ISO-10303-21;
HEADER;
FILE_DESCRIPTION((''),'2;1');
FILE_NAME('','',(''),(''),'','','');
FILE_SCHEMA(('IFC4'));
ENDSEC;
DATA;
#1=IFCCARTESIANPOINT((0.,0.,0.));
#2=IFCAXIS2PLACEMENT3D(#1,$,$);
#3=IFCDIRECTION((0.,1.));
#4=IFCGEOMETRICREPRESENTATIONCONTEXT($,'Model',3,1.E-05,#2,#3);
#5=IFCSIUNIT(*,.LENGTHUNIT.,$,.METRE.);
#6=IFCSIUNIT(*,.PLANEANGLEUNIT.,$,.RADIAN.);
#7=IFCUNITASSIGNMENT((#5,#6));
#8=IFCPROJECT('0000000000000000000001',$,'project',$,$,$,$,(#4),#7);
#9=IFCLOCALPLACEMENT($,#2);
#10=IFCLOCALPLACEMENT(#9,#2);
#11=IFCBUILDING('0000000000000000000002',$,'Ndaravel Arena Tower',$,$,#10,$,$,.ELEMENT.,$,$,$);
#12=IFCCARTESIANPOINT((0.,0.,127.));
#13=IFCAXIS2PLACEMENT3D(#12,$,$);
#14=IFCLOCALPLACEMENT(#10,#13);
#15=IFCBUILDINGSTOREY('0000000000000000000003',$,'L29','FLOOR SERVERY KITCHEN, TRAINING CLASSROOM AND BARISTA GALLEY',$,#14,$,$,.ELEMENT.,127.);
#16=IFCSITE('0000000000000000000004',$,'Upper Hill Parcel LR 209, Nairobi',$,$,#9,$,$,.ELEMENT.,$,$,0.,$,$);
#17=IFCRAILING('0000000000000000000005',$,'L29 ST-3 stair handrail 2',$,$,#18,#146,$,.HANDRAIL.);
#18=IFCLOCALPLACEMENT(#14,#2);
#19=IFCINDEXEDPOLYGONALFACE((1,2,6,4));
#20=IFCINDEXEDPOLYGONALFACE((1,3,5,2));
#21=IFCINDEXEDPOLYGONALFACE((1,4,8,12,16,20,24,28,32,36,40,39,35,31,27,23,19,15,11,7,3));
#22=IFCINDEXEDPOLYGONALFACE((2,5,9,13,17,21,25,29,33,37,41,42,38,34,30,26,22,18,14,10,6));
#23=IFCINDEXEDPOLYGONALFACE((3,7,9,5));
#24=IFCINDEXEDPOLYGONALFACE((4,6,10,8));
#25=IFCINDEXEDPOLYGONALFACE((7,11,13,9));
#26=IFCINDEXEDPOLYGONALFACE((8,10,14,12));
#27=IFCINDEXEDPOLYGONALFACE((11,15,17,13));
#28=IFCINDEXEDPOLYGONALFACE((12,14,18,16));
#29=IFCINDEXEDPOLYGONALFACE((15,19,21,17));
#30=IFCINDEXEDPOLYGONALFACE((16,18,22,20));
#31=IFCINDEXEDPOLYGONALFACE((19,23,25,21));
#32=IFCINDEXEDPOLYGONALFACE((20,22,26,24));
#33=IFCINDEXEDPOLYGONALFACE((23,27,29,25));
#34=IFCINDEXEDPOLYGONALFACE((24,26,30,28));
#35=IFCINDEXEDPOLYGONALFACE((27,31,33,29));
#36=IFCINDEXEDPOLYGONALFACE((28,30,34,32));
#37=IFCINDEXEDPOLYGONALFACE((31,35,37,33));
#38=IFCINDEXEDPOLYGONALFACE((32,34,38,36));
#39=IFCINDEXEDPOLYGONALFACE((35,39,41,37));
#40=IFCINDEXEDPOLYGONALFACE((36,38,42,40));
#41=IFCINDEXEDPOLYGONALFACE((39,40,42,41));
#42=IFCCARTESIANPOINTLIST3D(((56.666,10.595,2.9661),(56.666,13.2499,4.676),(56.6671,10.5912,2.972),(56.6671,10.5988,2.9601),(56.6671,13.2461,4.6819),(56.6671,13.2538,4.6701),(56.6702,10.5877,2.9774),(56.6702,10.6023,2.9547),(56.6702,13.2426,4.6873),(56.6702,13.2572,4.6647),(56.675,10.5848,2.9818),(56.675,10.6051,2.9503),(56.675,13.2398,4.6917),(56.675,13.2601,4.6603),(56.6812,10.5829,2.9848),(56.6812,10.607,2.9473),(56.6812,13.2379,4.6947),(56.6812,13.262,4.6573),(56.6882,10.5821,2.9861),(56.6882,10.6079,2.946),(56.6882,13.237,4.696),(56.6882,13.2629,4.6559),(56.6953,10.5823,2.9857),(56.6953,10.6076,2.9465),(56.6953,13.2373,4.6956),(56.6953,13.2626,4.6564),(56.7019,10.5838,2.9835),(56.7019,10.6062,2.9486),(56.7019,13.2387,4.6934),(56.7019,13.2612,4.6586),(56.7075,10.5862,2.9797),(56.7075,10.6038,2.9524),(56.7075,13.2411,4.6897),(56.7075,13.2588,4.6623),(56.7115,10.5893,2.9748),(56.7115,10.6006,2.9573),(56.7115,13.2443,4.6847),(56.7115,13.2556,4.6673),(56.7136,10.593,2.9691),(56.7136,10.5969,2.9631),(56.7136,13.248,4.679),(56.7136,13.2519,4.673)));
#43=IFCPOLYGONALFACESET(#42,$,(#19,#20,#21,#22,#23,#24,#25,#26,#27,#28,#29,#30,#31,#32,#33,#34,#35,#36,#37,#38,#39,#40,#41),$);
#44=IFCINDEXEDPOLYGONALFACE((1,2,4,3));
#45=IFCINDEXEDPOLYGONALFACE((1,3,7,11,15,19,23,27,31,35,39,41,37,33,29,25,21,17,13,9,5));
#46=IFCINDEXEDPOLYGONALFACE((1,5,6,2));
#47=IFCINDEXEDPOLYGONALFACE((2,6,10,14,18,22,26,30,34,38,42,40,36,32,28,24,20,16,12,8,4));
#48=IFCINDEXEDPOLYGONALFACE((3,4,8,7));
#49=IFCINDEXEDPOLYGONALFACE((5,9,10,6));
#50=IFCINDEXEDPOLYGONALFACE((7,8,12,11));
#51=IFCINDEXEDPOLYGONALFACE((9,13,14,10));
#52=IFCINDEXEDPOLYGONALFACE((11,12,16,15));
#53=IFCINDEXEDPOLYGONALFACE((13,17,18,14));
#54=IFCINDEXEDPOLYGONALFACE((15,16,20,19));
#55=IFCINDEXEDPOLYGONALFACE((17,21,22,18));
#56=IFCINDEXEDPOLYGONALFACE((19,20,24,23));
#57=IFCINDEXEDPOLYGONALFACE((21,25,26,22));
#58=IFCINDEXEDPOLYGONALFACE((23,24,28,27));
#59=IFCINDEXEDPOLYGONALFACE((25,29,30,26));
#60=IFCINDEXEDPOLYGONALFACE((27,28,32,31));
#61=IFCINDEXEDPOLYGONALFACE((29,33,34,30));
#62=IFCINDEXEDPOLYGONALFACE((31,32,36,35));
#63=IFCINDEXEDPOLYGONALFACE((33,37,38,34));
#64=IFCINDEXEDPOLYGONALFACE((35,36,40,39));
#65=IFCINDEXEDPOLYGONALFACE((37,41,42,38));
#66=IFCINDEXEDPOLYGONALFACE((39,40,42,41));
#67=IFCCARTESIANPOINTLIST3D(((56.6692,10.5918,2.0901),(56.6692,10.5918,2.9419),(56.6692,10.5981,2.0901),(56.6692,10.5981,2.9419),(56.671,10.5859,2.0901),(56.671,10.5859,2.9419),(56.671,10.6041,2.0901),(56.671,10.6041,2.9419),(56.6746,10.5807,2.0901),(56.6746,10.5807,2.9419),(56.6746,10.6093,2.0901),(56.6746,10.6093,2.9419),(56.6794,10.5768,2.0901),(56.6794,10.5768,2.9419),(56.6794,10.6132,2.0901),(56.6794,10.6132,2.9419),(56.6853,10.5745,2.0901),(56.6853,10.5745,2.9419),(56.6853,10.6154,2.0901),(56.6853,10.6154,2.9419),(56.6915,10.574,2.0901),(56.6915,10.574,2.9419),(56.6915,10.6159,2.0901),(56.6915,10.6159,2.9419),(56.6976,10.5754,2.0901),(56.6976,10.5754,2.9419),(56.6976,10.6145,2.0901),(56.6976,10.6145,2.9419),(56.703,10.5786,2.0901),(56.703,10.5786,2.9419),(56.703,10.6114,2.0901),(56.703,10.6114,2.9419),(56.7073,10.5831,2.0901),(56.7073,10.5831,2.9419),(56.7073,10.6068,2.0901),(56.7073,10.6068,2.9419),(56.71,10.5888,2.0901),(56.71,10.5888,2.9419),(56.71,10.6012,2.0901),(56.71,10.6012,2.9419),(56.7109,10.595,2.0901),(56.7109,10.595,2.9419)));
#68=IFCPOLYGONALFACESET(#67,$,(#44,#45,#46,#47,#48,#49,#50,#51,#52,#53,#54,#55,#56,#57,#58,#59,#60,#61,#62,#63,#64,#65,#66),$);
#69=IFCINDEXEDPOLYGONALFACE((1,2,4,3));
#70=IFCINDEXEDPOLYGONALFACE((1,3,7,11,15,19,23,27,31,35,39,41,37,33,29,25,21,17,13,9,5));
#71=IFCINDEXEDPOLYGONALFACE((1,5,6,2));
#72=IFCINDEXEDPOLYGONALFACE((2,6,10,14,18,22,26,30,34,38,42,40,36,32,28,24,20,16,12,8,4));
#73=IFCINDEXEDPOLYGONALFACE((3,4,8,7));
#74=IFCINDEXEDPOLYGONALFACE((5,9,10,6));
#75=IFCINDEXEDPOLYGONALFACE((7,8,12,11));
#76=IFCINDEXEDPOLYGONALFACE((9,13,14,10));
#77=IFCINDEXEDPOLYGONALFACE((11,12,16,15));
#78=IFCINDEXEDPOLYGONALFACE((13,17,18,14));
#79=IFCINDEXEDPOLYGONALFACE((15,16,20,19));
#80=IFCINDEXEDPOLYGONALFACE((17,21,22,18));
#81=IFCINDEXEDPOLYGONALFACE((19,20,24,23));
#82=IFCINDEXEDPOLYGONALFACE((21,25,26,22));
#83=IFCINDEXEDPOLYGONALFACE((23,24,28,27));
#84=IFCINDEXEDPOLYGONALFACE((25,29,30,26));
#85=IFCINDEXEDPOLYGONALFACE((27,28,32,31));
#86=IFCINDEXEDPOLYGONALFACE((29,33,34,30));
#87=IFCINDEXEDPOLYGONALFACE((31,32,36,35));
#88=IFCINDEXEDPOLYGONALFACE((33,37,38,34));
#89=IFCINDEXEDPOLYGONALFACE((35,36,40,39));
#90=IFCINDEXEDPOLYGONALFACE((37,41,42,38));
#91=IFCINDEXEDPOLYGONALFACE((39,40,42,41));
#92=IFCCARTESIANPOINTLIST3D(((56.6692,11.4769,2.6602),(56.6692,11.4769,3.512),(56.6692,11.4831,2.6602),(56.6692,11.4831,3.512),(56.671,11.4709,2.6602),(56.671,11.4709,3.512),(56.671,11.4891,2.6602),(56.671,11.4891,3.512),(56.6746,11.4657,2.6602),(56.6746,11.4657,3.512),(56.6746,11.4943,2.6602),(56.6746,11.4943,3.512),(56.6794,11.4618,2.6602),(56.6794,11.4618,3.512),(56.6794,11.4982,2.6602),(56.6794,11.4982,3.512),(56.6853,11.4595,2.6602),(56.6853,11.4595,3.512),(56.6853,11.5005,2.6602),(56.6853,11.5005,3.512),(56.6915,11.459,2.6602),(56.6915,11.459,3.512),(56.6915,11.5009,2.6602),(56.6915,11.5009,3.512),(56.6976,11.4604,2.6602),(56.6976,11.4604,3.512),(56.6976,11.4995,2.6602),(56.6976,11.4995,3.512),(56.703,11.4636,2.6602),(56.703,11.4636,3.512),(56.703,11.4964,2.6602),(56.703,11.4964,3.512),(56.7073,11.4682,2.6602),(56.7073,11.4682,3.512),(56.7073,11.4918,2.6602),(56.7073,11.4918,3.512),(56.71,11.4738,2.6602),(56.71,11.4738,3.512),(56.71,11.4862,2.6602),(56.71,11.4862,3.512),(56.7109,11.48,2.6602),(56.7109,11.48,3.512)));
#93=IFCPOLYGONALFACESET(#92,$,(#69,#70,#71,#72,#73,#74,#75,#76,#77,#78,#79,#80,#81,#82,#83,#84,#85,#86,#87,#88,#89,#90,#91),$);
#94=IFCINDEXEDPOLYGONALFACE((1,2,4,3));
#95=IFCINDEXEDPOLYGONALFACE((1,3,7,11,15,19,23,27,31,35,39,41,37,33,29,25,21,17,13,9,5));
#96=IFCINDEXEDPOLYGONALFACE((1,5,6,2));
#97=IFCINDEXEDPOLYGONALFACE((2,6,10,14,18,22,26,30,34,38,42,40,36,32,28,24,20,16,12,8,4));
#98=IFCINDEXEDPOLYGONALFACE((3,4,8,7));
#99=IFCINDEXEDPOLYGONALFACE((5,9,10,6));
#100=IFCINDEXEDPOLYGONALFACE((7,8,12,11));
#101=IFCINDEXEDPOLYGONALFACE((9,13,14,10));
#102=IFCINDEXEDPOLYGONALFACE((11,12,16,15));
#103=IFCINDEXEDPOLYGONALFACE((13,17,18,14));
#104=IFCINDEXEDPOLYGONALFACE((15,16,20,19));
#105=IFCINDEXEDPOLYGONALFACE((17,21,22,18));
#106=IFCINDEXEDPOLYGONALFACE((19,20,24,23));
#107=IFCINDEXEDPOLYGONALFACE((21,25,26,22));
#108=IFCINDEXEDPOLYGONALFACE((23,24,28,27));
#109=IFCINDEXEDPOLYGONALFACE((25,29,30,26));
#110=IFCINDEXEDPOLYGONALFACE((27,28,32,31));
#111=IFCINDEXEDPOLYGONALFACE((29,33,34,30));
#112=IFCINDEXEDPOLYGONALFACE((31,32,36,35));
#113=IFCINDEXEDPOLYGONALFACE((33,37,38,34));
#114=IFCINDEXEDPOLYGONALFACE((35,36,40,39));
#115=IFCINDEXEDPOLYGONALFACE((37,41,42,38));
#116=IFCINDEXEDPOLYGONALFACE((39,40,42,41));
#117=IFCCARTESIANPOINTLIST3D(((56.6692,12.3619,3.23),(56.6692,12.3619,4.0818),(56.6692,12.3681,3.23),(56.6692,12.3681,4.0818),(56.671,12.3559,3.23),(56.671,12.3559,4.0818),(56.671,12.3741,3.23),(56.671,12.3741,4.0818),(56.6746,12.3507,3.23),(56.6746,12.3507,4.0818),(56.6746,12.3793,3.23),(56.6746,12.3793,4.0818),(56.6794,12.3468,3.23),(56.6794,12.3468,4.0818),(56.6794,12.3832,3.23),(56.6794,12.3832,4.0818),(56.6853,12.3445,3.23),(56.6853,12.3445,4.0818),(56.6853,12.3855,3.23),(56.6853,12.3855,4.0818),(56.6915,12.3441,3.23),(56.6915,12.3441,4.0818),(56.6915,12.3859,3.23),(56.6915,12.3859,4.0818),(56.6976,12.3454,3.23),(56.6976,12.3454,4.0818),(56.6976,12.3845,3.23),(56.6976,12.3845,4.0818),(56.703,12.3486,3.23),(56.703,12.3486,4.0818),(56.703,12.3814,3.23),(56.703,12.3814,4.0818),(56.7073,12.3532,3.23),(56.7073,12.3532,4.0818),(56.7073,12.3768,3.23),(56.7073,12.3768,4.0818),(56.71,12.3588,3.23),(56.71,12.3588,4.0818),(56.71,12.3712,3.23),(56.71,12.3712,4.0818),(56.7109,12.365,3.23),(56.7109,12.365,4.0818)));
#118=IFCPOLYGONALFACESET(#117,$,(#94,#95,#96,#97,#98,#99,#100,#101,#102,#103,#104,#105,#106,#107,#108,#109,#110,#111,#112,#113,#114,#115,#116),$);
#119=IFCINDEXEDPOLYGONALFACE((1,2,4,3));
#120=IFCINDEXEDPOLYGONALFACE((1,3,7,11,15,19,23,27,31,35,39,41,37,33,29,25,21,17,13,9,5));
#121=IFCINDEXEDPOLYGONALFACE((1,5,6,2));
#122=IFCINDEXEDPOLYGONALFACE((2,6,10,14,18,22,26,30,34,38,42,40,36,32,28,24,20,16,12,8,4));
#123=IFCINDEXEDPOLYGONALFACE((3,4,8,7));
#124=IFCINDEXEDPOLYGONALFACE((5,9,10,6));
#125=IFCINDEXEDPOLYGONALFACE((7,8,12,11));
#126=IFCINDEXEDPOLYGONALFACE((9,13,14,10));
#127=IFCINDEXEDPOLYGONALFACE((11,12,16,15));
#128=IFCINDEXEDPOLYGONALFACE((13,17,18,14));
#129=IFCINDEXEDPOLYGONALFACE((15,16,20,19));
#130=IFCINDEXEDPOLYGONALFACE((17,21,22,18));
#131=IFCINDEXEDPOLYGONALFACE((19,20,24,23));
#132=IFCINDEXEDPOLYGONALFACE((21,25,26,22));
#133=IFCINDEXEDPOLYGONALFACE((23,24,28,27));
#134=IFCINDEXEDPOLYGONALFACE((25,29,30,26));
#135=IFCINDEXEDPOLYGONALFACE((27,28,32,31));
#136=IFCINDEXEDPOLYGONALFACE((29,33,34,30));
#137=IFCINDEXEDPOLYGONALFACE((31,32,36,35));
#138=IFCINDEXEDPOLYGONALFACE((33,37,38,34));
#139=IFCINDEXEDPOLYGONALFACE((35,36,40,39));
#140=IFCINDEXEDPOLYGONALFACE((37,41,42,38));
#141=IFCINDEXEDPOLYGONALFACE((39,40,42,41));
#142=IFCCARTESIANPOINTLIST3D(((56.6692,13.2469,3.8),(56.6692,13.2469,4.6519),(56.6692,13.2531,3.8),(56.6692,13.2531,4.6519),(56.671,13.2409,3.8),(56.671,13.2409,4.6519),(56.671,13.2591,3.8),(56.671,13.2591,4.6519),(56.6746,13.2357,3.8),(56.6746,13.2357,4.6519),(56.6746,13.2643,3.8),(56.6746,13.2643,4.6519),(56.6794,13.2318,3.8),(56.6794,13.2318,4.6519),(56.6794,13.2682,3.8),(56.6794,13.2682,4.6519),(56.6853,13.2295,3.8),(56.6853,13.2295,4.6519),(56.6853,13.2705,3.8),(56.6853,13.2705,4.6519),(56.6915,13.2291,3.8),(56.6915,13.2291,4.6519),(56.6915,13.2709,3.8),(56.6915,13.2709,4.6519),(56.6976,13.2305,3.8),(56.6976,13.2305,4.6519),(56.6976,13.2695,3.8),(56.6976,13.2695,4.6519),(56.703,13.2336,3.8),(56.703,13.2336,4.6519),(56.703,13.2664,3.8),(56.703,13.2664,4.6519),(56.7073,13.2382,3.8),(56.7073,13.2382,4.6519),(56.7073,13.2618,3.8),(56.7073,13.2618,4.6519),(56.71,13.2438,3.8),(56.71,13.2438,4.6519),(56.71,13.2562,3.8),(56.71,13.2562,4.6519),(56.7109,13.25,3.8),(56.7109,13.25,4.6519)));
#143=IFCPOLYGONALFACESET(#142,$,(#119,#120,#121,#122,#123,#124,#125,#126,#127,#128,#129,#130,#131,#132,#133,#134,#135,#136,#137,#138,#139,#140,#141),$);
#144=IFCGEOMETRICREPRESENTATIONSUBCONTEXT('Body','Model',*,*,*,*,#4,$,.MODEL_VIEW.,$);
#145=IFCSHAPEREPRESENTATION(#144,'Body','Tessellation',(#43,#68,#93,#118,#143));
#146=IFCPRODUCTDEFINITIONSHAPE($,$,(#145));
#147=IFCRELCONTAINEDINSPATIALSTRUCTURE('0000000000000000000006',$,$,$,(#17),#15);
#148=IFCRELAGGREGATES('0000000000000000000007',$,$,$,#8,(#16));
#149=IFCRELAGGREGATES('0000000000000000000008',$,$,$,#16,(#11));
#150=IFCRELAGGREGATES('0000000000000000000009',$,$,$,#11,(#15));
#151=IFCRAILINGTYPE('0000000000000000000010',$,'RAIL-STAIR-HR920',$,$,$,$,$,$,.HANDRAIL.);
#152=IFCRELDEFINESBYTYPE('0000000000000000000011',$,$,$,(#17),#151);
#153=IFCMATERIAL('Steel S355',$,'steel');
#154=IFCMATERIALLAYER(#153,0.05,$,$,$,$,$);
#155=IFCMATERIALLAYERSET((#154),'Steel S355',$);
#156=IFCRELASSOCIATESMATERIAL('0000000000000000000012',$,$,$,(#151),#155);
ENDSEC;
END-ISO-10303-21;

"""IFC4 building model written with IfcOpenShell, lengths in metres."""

from ifc_helpers import new_model, si_unit, direction, frame, origin, origin_2d, place, context, subcontext, project, spatial, circle, extrude, material, layer, layer_set, type_object, element, save


model = new_model("IFC4")

# Units and contexts
model_context = context("Model", 3, precision=1e-05, world=origin(), true_north=direction((0.0, 1.0)))
body_context = subcontext(model_context, "Body", "Model", "MODEL_VIEW")
ifc_project = project(units=[si_unit("LENGTHUNIT", "METRE"), si_unit("PLANEANGLEUNIT", "RADIAN")], contexts=[model_context])

# Site, building, storey
site_placement = place(None, origin())
site = spatial("IfcSite", under=ifc_project, at=site_placement, Name="Upper Hill Parcel LR 209, Nairobi", CompositionType="ELEMENT", RefElevation=0.0)
building_placement = place(site_placement, origin())
building = spatial("IfcBuilding", under=site, at=building_placement, Name="Ndaravel Arena Tower", CompositionType="ELEMENT")
storey_placement = place(building_placement, frame((0.0, 0.0, 127.0)))
storey = spatial("IfcBuildingStorey", under=building, at=storey_placement, Name="L29", Description="FLOOR SERVERY KITCHEN, TRAINING CLASSROOM AND BARISTA GALLEY", CompositionType="ELEMENT", Elevation=127.0)

# Railing
ifc_material_1 = material(Name="Steel S355", Category="steel")
ifc_layer_1 = layer(ifc_material_1, 0.05)
ifc_layer_set_1 = layer_set([ifc_layer_1], Name="Steel S355")
railing_type_1 = type_object("IfcRailingType", Name="RAIL-STAIR-HR920", PredefinedType="HANDRAIL", material=ifc_layer_set_1)
railing_1_placement = place(storey_placement, frame((56.6899, 10.595, 2.0901)))
element("IfcRailing", 1, at=railing_1_placement, inside=storey, type_object=railing_type_1, Name="L29 ST-3 stair handrail 2", PredefinedType="HANDRAIL", context=body_context, shape_type="SweptSolid", body=[
    extrude(circle(Radius=0.0239, at=origin_2d()), frame((0.0, 0.0, 0.876), z_axis=(0.0, 0.840724, 0.541465), x_axis=(-1.0, 0.0, 0.0)), (0.0, 0.0, 1.0), 3.158),
    extrude(circle(Radius=0.021, at=origin_2d()), origin(), (0.0, 0.0, 1.0), 0.8518),
    extrude(circle(Radius=0.021, at=origin_2d()), frame((0.0, 0.885, 0.5701)), (0.0, 0.0, 1.0), 0.8518),
    extrude(circle(Radius=0.021, at=origin_2d()), frame((0.0, 1.77, 1.1399)), (0.0, 0.0, 1.0), 0.8518),
    extrude(circle(Radius=0.021, at=origin_2d()), frame((0.0, 2.655, 1.71)), (0.0, 0.0, 1.0), 0.8518),
])

save(model, "model.ifc")
